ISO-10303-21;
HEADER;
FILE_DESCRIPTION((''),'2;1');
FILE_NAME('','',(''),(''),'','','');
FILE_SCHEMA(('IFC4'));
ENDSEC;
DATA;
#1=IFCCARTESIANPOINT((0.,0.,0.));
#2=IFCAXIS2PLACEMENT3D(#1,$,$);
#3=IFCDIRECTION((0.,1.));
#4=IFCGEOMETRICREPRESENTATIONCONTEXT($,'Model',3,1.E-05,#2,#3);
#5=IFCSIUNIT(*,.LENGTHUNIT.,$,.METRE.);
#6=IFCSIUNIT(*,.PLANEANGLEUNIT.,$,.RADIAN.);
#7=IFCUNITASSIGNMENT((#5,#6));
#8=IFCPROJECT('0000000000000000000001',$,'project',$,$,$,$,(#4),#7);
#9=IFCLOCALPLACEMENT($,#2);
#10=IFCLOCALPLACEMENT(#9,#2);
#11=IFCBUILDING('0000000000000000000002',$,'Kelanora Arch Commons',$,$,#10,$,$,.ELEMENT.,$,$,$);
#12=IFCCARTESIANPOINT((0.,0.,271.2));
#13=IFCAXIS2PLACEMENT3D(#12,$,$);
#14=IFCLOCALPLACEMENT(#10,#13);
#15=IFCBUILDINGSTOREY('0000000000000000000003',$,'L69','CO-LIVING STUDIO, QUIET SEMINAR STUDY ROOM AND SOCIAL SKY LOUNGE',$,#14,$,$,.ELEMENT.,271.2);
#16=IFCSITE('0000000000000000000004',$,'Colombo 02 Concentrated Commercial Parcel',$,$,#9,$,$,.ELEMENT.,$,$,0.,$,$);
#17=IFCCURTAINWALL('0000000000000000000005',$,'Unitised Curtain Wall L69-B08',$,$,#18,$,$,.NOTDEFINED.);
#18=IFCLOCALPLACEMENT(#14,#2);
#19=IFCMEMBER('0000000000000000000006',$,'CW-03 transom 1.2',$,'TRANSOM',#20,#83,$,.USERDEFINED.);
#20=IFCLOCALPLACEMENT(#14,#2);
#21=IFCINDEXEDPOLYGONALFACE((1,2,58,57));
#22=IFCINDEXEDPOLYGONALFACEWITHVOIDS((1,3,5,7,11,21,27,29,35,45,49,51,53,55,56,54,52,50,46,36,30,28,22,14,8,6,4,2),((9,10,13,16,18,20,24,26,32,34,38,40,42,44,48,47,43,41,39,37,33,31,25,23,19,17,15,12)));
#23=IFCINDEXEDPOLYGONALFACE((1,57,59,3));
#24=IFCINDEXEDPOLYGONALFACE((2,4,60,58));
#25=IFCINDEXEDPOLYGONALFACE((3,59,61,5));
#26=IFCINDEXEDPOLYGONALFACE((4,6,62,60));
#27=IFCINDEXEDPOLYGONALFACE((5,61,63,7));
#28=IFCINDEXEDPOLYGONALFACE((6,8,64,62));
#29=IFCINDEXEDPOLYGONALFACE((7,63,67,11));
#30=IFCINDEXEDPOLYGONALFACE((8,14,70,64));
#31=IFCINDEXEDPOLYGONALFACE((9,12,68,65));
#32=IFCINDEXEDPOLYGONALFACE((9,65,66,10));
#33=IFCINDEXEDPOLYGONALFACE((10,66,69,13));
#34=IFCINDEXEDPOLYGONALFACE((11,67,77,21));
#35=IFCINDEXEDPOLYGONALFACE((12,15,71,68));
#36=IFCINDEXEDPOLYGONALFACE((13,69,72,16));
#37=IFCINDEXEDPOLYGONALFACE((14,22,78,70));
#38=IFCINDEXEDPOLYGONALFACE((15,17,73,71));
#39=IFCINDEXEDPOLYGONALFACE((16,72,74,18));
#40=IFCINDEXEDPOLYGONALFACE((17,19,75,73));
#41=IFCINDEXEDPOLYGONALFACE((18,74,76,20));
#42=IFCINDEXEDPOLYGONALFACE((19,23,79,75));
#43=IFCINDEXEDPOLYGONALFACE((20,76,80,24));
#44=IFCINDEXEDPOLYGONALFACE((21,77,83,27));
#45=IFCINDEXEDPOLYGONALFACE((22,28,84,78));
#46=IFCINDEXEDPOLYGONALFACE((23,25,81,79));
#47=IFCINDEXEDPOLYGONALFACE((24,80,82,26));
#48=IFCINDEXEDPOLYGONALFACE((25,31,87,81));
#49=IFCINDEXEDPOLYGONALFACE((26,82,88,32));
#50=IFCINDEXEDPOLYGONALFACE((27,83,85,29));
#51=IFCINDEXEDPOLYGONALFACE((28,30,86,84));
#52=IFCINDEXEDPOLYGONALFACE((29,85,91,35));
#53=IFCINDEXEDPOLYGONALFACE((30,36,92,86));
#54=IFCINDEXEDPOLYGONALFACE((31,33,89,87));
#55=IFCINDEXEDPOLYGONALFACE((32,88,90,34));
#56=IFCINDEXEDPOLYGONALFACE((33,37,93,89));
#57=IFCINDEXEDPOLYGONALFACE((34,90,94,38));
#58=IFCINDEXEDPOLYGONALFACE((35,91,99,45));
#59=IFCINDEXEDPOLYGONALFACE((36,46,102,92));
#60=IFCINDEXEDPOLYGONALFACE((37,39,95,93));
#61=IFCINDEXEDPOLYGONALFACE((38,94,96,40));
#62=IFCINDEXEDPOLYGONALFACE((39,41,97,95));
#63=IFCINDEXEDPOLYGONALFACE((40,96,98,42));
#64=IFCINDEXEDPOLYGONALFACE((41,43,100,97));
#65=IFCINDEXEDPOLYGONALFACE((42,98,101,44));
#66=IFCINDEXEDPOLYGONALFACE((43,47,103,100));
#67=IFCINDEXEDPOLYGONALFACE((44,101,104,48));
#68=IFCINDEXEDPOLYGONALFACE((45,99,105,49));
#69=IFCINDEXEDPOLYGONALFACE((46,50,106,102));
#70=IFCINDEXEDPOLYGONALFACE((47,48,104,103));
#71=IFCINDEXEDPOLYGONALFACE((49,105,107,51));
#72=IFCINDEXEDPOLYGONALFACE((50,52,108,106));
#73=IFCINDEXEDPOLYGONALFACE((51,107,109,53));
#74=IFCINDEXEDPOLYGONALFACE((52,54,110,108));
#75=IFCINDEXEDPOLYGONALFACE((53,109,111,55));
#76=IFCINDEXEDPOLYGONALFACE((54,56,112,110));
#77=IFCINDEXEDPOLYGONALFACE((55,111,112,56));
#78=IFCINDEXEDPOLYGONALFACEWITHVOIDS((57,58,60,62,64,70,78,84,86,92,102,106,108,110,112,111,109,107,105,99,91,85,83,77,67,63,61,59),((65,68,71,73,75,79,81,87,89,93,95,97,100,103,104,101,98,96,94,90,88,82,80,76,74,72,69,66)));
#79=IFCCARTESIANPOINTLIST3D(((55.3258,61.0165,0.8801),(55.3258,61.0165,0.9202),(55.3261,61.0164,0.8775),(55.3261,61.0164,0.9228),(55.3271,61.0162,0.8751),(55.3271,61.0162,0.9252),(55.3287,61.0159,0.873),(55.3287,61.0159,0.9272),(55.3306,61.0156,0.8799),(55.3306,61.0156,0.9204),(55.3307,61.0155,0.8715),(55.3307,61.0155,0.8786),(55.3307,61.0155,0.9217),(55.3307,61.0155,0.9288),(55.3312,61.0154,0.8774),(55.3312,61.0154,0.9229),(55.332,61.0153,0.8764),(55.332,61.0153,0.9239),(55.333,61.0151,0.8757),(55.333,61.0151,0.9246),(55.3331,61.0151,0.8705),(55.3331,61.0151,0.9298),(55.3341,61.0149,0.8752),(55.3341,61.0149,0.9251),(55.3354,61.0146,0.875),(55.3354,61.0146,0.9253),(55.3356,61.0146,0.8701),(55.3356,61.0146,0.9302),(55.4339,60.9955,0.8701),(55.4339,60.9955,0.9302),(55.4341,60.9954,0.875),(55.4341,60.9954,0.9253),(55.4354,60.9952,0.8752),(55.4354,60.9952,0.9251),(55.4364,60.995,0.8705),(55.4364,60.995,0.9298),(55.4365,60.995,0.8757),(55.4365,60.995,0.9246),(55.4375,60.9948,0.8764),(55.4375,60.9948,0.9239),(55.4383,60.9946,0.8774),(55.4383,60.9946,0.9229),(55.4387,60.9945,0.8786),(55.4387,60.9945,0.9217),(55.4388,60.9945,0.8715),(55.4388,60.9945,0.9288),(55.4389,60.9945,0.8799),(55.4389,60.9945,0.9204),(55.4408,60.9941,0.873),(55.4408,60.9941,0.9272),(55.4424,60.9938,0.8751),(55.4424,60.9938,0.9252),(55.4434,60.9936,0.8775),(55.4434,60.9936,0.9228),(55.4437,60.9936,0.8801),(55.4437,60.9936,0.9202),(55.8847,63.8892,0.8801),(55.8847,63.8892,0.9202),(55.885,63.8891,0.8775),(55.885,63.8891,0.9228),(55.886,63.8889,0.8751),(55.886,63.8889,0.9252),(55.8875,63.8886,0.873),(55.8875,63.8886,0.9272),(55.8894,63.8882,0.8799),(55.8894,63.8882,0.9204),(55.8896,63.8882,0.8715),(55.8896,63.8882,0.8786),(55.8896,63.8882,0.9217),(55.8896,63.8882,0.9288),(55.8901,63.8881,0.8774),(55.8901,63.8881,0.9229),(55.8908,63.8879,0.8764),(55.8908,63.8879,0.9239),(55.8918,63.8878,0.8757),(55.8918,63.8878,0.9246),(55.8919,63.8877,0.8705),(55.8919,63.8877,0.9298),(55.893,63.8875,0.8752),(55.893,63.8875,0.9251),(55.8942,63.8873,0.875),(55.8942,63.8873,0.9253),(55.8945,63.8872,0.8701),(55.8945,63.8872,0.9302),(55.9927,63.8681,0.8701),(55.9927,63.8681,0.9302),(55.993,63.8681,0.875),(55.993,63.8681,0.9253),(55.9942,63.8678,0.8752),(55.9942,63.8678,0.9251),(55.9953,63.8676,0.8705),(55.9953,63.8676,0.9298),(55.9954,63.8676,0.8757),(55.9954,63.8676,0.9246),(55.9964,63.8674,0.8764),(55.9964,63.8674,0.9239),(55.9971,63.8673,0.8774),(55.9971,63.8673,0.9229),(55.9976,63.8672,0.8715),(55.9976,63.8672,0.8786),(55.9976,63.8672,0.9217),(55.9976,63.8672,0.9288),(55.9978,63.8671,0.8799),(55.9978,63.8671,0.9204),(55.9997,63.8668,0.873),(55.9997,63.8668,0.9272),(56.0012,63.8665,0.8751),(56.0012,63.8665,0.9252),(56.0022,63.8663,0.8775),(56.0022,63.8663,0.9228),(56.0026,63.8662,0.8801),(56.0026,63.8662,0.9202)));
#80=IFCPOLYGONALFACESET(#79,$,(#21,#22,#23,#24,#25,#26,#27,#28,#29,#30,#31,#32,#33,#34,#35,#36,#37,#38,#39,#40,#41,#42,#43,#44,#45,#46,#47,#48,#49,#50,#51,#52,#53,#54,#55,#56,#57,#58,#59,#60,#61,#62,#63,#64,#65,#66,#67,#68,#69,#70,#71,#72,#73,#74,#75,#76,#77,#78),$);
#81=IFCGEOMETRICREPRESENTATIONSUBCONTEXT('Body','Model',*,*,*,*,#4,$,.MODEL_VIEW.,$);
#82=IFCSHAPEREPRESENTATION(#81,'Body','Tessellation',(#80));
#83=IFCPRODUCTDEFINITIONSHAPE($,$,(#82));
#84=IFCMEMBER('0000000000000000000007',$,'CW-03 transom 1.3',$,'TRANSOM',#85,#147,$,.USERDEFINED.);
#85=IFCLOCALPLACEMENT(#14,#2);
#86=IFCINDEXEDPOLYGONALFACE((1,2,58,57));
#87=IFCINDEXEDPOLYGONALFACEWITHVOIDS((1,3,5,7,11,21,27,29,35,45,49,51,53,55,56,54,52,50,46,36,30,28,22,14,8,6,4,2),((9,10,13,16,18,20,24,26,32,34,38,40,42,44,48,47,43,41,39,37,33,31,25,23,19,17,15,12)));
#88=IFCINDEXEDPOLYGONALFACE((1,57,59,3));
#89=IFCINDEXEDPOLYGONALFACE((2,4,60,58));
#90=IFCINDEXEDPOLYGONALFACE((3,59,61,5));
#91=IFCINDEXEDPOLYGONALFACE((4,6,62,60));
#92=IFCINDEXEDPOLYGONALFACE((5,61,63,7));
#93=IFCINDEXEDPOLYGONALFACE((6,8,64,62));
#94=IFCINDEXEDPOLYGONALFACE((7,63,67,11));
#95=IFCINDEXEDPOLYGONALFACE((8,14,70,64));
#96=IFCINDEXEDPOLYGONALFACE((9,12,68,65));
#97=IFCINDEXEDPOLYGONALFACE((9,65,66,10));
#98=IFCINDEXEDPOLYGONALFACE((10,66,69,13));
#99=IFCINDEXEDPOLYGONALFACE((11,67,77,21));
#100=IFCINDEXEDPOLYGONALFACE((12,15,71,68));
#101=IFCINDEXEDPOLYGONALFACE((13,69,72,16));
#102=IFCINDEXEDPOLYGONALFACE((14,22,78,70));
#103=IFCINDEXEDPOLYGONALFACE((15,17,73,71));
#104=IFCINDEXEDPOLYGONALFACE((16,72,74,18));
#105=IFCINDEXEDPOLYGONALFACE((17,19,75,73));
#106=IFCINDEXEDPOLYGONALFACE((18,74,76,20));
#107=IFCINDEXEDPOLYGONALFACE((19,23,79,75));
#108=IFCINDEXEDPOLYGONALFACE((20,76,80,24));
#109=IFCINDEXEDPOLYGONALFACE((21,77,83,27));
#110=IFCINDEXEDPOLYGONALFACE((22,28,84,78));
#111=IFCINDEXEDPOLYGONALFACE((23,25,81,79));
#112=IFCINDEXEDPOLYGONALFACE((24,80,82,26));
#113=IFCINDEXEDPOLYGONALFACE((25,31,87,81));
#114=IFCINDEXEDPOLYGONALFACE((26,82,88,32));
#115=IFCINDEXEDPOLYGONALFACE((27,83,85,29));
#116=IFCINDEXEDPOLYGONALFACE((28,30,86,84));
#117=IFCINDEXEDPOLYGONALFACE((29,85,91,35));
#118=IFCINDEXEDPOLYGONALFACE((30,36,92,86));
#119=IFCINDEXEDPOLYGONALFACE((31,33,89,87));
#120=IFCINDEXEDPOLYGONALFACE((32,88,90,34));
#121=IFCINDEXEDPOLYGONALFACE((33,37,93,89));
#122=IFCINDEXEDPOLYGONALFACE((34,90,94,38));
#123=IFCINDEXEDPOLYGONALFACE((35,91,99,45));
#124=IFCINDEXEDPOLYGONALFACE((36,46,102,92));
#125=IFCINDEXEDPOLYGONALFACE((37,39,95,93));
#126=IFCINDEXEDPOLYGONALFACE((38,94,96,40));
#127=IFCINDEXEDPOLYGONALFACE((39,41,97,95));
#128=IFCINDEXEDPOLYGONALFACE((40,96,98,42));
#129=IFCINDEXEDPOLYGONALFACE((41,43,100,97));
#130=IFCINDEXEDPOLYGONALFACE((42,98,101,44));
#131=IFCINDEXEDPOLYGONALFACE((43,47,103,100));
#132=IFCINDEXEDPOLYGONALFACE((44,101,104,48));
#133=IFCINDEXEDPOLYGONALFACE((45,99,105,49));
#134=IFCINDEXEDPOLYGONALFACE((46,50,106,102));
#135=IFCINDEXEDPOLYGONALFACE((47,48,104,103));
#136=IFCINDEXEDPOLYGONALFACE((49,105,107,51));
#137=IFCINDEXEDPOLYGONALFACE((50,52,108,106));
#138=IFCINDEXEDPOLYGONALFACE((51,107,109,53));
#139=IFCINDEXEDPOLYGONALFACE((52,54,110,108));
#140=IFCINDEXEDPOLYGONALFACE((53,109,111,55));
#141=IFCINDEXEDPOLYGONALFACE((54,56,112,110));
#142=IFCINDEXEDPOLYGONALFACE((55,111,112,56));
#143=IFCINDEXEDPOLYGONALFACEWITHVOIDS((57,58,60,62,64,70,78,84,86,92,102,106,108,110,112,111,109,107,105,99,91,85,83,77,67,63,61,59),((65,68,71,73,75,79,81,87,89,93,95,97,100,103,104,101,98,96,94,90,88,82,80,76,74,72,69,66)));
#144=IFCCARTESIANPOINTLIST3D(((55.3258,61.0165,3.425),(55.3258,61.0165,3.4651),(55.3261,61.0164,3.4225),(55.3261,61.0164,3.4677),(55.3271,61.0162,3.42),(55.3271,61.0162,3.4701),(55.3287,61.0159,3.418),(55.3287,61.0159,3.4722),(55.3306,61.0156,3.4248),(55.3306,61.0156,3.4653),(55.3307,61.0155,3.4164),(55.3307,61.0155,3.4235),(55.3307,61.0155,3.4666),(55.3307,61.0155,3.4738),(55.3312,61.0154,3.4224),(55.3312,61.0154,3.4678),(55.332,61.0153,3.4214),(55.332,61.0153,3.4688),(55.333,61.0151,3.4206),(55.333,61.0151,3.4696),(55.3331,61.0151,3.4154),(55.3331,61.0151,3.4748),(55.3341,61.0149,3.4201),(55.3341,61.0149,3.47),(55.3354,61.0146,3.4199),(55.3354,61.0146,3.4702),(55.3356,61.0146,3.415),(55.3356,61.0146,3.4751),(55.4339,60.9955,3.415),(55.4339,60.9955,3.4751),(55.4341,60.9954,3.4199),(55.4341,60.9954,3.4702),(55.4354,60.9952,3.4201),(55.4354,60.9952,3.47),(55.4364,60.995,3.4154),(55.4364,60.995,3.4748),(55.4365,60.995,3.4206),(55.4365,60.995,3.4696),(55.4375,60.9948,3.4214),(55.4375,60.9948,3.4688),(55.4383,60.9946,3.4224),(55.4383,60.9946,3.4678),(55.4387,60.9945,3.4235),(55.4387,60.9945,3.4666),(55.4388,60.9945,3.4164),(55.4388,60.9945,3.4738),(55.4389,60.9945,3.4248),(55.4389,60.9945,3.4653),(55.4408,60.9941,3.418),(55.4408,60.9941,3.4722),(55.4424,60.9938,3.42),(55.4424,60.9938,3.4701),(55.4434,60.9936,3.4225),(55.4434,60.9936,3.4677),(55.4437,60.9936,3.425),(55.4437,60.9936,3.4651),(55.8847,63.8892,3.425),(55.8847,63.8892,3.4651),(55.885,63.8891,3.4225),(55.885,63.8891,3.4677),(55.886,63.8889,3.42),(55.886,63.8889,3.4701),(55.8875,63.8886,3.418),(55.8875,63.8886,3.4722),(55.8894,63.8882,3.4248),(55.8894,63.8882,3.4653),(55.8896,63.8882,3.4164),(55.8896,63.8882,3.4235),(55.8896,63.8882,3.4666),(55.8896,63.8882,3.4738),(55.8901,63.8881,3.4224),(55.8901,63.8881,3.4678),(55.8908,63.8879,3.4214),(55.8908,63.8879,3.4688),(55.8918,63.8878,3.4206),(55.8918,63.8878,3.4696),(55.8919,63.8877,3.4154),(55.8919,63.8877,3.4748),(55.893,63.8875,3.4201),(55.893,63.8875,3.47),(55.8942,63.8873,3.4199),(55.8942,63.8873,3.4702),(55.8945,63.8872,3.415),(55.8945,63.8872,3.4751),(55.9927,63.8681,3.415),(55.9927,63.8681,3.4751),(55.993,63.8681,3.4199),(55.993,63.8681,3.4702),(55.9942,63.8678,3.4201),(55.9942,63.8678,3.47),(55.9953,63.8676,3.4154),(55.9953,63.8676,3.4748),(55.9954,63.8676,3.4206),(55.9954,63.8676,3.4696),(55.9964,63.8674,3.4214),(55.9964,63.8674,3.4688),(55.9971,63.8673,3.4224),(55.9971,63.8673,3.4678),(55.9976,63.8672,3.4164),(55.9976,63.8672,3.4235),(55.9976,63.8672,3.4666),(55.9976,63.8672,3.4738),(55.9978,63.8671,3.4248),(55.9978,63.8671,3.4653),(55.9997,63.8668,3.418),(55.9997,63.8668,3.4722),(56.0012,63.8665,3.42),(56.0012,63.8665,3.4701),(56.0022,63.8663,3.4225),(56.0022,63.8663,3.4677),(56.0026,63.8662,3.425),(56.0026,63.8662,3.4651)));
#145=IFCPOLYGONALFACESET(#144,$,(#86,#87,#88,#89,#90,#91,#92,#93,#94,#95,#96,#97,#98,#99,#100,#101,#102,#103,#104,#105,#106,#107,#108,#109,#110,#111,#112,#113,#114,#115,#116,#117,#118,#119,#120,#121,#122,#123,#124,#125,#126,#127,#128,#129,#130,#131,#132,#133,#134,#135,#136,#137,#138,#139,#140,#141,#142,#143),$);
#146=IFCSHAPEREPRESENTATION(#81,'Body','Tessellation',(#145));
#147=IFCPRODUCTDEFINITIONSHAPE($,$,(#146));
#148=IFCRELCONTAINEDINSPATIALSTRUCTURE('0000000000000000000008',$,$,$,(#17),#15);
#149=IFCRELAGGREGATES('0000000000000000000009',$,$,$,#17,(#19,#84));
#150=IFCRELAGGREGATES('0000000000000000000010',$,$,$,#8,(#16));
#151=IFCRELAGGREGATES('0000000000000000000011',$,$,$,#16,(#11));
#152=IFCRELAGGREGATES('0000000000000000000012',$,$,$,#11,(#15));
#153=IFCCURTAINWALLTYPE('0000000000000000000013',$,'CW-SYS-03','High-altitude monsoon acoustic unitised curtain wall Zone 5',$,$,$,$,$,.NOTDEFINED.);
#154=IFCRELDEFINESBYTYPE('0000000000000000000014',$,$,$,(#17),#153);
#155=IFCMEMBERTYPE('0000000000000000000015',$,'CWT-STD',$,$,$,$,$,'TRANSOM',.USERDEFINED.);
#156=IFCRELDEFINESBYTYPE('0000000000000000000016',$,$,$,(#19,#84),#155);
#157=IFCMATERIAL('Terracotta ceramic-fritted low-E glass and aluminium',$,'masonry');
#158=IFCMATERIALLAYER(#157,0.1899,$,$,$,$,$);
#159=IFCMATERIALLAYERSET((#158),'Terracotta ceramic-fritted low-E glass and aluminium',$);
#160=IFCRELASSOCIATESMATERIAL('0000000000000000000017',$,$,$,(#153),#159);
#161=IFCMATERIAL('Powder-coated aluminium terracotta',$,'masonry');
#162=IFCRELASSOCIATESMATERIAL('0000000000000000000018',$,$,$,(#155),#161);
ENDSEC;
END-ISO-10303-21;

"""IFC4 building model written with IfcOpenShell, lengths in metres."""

from ifc_helpers import new_model, si_unit, direction, frame, origin, origin_2d, place, context, subcontext, project, spatial, hollow_rectangle, extrude, material, layer, layer_set, material_profile, profile_set, type_object, element, aggregate, save


model = new_model("IFC4")

# Units and contexts
model_context = context("Model", 3, precision=1e-05, world=origin(), true_north=direction((0.0, 1.0)))
body_context = subcontext(model_context, "Body", "Model", "MODEL_VIEW")
ifc_project = project(units=[si_unit("LENGTHUNIT", "METRE"), si_unit("PLANEANGLEUNIT", "RADIAN")], contexts=[model_context])

# Site, building, storey
site_placement = place(None, origin())
site = spatial("IfcSite", under=ifc_project, at=site_placement, Name="Colombo 02 Concentrated Commercial Parcel", CompositionType="ELEMENT", RefElevation=0.0)
building_placement = place(site_placement, origin())
building = spatial("IfcBuilding", under=site, at=building_placement, Name="Kelanora Arch Commons", CompositionType="ELEMENT")
storey_placement = place(building_placement, frame((0.0, 0.0, 271.2)))
storey = spatial("IfcBuildingStorey", under=building, at=storey_placement, Name="L69", Description="CO-LIVING STUDIO, QUIET SEMINAR STUDY ROOM AND SOCIAL SKY LOUNGE", CompositionType="ELEMENT", Elevation=271.2)

# Curtain wall, members
ifc_material_1 = material(Name="Terracotta ceramic-fritted low-E glass and aluminium", Category="masonry")
ifc_layer_1 = layer(ifc_material_1, 0.1899)
ifc_layer_set_1 = layer_set([ifc_layer_1], Name="Terracotta ceramic-fritted low-E glass and aluminium")
curtain_wall_type = type_object("IfcCurtainWallType", Name="CW-SYS-03", Description="High-altitude monsoon acoustic unitised curtain wall Zone 5", PredefinedType="NOTDEFINED", material=ifc_layer_set_1)
curtain_wall_placement = place(storey_placement, origin())
curtain_wall = element("IfcCurtainWall", 1, at=curtain_wall_placement, inside=storey, type_object=curtain_wall_type, Name="Unitised Curtain Wall L69-B08", PredefinedType="NOTDEFINED")
ifc_material_2 = material(Name="Powder-coated aluminium terracotta", Category="masonry")
ifc_material_profile_1 = material_profile(ifc_material_2, hollow_rectangle(XDim=0.1201, YDim=0.0601, WallThickness=0.0049, InnerFilletRadius=0.0049, OuterFilletRadius=0.01, at=origin_2d()), Name="CWT120x60")
ifc_profile_set_1 = profile_set([ifc_material_profile_1], Name="Powder-coated aluminium terracotta")
member_type_1 = type_object("IfcMemberType", Name="CWT-STD", ElementType="TRANSOM", PredefinedType="USERDEFINED", material=ifc_profile_set_1)
member_1_placement = place(storey_placement, frame((55.9436, 63.8777, 0.9001), z_axis=(-0.190963, -0.981597, 0.0), x_axis=(0.981597, -0.190963, 0.0)))
member_1 = element("IfcMember", 2, at=member_1_placement, type_object=member_type_1, Name="CW-03 transom 1.2", ObjectType="TRANSOM", PredefinedType="USERDEFINED", context=body_context, shape_type="SweptSolid", body=[
    extrude(hollow_rectangle(XDim=0.1201, YDim=0.0601, WallThickness=0.0049, InnerFilletRadius=0.0049, OuterFilletRadius=0.01, at=origin_2d()), origin(), (0.0, 0.0, 1.0), 2.9265),
])
member_2_placement = place(storey_placement, frame((55.9436, 63.8777, 3.4451), z_axis=(-0.190963, -0.981597, 0.0), x_axis=(0.981597, -0.190963, 0.0)))
member_2 = element("IfcMember", 3, at=member_2_placement, type_object=member_type_1, Name="CW-03 transom 1.3", ObjectType="TRANSOM", PredefinedType="USERDEFINED", context=body_context, shape_type="SweptSolid", body=[
    extrude(hollow_rectangle(XDim=0.1201, YDim=0.0601, WallThickness=0.0049, InnerFilletRadius=0.0049, OuterFilletRadius=0.01, at=origin_2d()), origin(), (0.0, 0.0, 1.0), 2.9265),
])
aggregate(curtain_wall, [member_1, member_2])

save(model, "model.ifc")
